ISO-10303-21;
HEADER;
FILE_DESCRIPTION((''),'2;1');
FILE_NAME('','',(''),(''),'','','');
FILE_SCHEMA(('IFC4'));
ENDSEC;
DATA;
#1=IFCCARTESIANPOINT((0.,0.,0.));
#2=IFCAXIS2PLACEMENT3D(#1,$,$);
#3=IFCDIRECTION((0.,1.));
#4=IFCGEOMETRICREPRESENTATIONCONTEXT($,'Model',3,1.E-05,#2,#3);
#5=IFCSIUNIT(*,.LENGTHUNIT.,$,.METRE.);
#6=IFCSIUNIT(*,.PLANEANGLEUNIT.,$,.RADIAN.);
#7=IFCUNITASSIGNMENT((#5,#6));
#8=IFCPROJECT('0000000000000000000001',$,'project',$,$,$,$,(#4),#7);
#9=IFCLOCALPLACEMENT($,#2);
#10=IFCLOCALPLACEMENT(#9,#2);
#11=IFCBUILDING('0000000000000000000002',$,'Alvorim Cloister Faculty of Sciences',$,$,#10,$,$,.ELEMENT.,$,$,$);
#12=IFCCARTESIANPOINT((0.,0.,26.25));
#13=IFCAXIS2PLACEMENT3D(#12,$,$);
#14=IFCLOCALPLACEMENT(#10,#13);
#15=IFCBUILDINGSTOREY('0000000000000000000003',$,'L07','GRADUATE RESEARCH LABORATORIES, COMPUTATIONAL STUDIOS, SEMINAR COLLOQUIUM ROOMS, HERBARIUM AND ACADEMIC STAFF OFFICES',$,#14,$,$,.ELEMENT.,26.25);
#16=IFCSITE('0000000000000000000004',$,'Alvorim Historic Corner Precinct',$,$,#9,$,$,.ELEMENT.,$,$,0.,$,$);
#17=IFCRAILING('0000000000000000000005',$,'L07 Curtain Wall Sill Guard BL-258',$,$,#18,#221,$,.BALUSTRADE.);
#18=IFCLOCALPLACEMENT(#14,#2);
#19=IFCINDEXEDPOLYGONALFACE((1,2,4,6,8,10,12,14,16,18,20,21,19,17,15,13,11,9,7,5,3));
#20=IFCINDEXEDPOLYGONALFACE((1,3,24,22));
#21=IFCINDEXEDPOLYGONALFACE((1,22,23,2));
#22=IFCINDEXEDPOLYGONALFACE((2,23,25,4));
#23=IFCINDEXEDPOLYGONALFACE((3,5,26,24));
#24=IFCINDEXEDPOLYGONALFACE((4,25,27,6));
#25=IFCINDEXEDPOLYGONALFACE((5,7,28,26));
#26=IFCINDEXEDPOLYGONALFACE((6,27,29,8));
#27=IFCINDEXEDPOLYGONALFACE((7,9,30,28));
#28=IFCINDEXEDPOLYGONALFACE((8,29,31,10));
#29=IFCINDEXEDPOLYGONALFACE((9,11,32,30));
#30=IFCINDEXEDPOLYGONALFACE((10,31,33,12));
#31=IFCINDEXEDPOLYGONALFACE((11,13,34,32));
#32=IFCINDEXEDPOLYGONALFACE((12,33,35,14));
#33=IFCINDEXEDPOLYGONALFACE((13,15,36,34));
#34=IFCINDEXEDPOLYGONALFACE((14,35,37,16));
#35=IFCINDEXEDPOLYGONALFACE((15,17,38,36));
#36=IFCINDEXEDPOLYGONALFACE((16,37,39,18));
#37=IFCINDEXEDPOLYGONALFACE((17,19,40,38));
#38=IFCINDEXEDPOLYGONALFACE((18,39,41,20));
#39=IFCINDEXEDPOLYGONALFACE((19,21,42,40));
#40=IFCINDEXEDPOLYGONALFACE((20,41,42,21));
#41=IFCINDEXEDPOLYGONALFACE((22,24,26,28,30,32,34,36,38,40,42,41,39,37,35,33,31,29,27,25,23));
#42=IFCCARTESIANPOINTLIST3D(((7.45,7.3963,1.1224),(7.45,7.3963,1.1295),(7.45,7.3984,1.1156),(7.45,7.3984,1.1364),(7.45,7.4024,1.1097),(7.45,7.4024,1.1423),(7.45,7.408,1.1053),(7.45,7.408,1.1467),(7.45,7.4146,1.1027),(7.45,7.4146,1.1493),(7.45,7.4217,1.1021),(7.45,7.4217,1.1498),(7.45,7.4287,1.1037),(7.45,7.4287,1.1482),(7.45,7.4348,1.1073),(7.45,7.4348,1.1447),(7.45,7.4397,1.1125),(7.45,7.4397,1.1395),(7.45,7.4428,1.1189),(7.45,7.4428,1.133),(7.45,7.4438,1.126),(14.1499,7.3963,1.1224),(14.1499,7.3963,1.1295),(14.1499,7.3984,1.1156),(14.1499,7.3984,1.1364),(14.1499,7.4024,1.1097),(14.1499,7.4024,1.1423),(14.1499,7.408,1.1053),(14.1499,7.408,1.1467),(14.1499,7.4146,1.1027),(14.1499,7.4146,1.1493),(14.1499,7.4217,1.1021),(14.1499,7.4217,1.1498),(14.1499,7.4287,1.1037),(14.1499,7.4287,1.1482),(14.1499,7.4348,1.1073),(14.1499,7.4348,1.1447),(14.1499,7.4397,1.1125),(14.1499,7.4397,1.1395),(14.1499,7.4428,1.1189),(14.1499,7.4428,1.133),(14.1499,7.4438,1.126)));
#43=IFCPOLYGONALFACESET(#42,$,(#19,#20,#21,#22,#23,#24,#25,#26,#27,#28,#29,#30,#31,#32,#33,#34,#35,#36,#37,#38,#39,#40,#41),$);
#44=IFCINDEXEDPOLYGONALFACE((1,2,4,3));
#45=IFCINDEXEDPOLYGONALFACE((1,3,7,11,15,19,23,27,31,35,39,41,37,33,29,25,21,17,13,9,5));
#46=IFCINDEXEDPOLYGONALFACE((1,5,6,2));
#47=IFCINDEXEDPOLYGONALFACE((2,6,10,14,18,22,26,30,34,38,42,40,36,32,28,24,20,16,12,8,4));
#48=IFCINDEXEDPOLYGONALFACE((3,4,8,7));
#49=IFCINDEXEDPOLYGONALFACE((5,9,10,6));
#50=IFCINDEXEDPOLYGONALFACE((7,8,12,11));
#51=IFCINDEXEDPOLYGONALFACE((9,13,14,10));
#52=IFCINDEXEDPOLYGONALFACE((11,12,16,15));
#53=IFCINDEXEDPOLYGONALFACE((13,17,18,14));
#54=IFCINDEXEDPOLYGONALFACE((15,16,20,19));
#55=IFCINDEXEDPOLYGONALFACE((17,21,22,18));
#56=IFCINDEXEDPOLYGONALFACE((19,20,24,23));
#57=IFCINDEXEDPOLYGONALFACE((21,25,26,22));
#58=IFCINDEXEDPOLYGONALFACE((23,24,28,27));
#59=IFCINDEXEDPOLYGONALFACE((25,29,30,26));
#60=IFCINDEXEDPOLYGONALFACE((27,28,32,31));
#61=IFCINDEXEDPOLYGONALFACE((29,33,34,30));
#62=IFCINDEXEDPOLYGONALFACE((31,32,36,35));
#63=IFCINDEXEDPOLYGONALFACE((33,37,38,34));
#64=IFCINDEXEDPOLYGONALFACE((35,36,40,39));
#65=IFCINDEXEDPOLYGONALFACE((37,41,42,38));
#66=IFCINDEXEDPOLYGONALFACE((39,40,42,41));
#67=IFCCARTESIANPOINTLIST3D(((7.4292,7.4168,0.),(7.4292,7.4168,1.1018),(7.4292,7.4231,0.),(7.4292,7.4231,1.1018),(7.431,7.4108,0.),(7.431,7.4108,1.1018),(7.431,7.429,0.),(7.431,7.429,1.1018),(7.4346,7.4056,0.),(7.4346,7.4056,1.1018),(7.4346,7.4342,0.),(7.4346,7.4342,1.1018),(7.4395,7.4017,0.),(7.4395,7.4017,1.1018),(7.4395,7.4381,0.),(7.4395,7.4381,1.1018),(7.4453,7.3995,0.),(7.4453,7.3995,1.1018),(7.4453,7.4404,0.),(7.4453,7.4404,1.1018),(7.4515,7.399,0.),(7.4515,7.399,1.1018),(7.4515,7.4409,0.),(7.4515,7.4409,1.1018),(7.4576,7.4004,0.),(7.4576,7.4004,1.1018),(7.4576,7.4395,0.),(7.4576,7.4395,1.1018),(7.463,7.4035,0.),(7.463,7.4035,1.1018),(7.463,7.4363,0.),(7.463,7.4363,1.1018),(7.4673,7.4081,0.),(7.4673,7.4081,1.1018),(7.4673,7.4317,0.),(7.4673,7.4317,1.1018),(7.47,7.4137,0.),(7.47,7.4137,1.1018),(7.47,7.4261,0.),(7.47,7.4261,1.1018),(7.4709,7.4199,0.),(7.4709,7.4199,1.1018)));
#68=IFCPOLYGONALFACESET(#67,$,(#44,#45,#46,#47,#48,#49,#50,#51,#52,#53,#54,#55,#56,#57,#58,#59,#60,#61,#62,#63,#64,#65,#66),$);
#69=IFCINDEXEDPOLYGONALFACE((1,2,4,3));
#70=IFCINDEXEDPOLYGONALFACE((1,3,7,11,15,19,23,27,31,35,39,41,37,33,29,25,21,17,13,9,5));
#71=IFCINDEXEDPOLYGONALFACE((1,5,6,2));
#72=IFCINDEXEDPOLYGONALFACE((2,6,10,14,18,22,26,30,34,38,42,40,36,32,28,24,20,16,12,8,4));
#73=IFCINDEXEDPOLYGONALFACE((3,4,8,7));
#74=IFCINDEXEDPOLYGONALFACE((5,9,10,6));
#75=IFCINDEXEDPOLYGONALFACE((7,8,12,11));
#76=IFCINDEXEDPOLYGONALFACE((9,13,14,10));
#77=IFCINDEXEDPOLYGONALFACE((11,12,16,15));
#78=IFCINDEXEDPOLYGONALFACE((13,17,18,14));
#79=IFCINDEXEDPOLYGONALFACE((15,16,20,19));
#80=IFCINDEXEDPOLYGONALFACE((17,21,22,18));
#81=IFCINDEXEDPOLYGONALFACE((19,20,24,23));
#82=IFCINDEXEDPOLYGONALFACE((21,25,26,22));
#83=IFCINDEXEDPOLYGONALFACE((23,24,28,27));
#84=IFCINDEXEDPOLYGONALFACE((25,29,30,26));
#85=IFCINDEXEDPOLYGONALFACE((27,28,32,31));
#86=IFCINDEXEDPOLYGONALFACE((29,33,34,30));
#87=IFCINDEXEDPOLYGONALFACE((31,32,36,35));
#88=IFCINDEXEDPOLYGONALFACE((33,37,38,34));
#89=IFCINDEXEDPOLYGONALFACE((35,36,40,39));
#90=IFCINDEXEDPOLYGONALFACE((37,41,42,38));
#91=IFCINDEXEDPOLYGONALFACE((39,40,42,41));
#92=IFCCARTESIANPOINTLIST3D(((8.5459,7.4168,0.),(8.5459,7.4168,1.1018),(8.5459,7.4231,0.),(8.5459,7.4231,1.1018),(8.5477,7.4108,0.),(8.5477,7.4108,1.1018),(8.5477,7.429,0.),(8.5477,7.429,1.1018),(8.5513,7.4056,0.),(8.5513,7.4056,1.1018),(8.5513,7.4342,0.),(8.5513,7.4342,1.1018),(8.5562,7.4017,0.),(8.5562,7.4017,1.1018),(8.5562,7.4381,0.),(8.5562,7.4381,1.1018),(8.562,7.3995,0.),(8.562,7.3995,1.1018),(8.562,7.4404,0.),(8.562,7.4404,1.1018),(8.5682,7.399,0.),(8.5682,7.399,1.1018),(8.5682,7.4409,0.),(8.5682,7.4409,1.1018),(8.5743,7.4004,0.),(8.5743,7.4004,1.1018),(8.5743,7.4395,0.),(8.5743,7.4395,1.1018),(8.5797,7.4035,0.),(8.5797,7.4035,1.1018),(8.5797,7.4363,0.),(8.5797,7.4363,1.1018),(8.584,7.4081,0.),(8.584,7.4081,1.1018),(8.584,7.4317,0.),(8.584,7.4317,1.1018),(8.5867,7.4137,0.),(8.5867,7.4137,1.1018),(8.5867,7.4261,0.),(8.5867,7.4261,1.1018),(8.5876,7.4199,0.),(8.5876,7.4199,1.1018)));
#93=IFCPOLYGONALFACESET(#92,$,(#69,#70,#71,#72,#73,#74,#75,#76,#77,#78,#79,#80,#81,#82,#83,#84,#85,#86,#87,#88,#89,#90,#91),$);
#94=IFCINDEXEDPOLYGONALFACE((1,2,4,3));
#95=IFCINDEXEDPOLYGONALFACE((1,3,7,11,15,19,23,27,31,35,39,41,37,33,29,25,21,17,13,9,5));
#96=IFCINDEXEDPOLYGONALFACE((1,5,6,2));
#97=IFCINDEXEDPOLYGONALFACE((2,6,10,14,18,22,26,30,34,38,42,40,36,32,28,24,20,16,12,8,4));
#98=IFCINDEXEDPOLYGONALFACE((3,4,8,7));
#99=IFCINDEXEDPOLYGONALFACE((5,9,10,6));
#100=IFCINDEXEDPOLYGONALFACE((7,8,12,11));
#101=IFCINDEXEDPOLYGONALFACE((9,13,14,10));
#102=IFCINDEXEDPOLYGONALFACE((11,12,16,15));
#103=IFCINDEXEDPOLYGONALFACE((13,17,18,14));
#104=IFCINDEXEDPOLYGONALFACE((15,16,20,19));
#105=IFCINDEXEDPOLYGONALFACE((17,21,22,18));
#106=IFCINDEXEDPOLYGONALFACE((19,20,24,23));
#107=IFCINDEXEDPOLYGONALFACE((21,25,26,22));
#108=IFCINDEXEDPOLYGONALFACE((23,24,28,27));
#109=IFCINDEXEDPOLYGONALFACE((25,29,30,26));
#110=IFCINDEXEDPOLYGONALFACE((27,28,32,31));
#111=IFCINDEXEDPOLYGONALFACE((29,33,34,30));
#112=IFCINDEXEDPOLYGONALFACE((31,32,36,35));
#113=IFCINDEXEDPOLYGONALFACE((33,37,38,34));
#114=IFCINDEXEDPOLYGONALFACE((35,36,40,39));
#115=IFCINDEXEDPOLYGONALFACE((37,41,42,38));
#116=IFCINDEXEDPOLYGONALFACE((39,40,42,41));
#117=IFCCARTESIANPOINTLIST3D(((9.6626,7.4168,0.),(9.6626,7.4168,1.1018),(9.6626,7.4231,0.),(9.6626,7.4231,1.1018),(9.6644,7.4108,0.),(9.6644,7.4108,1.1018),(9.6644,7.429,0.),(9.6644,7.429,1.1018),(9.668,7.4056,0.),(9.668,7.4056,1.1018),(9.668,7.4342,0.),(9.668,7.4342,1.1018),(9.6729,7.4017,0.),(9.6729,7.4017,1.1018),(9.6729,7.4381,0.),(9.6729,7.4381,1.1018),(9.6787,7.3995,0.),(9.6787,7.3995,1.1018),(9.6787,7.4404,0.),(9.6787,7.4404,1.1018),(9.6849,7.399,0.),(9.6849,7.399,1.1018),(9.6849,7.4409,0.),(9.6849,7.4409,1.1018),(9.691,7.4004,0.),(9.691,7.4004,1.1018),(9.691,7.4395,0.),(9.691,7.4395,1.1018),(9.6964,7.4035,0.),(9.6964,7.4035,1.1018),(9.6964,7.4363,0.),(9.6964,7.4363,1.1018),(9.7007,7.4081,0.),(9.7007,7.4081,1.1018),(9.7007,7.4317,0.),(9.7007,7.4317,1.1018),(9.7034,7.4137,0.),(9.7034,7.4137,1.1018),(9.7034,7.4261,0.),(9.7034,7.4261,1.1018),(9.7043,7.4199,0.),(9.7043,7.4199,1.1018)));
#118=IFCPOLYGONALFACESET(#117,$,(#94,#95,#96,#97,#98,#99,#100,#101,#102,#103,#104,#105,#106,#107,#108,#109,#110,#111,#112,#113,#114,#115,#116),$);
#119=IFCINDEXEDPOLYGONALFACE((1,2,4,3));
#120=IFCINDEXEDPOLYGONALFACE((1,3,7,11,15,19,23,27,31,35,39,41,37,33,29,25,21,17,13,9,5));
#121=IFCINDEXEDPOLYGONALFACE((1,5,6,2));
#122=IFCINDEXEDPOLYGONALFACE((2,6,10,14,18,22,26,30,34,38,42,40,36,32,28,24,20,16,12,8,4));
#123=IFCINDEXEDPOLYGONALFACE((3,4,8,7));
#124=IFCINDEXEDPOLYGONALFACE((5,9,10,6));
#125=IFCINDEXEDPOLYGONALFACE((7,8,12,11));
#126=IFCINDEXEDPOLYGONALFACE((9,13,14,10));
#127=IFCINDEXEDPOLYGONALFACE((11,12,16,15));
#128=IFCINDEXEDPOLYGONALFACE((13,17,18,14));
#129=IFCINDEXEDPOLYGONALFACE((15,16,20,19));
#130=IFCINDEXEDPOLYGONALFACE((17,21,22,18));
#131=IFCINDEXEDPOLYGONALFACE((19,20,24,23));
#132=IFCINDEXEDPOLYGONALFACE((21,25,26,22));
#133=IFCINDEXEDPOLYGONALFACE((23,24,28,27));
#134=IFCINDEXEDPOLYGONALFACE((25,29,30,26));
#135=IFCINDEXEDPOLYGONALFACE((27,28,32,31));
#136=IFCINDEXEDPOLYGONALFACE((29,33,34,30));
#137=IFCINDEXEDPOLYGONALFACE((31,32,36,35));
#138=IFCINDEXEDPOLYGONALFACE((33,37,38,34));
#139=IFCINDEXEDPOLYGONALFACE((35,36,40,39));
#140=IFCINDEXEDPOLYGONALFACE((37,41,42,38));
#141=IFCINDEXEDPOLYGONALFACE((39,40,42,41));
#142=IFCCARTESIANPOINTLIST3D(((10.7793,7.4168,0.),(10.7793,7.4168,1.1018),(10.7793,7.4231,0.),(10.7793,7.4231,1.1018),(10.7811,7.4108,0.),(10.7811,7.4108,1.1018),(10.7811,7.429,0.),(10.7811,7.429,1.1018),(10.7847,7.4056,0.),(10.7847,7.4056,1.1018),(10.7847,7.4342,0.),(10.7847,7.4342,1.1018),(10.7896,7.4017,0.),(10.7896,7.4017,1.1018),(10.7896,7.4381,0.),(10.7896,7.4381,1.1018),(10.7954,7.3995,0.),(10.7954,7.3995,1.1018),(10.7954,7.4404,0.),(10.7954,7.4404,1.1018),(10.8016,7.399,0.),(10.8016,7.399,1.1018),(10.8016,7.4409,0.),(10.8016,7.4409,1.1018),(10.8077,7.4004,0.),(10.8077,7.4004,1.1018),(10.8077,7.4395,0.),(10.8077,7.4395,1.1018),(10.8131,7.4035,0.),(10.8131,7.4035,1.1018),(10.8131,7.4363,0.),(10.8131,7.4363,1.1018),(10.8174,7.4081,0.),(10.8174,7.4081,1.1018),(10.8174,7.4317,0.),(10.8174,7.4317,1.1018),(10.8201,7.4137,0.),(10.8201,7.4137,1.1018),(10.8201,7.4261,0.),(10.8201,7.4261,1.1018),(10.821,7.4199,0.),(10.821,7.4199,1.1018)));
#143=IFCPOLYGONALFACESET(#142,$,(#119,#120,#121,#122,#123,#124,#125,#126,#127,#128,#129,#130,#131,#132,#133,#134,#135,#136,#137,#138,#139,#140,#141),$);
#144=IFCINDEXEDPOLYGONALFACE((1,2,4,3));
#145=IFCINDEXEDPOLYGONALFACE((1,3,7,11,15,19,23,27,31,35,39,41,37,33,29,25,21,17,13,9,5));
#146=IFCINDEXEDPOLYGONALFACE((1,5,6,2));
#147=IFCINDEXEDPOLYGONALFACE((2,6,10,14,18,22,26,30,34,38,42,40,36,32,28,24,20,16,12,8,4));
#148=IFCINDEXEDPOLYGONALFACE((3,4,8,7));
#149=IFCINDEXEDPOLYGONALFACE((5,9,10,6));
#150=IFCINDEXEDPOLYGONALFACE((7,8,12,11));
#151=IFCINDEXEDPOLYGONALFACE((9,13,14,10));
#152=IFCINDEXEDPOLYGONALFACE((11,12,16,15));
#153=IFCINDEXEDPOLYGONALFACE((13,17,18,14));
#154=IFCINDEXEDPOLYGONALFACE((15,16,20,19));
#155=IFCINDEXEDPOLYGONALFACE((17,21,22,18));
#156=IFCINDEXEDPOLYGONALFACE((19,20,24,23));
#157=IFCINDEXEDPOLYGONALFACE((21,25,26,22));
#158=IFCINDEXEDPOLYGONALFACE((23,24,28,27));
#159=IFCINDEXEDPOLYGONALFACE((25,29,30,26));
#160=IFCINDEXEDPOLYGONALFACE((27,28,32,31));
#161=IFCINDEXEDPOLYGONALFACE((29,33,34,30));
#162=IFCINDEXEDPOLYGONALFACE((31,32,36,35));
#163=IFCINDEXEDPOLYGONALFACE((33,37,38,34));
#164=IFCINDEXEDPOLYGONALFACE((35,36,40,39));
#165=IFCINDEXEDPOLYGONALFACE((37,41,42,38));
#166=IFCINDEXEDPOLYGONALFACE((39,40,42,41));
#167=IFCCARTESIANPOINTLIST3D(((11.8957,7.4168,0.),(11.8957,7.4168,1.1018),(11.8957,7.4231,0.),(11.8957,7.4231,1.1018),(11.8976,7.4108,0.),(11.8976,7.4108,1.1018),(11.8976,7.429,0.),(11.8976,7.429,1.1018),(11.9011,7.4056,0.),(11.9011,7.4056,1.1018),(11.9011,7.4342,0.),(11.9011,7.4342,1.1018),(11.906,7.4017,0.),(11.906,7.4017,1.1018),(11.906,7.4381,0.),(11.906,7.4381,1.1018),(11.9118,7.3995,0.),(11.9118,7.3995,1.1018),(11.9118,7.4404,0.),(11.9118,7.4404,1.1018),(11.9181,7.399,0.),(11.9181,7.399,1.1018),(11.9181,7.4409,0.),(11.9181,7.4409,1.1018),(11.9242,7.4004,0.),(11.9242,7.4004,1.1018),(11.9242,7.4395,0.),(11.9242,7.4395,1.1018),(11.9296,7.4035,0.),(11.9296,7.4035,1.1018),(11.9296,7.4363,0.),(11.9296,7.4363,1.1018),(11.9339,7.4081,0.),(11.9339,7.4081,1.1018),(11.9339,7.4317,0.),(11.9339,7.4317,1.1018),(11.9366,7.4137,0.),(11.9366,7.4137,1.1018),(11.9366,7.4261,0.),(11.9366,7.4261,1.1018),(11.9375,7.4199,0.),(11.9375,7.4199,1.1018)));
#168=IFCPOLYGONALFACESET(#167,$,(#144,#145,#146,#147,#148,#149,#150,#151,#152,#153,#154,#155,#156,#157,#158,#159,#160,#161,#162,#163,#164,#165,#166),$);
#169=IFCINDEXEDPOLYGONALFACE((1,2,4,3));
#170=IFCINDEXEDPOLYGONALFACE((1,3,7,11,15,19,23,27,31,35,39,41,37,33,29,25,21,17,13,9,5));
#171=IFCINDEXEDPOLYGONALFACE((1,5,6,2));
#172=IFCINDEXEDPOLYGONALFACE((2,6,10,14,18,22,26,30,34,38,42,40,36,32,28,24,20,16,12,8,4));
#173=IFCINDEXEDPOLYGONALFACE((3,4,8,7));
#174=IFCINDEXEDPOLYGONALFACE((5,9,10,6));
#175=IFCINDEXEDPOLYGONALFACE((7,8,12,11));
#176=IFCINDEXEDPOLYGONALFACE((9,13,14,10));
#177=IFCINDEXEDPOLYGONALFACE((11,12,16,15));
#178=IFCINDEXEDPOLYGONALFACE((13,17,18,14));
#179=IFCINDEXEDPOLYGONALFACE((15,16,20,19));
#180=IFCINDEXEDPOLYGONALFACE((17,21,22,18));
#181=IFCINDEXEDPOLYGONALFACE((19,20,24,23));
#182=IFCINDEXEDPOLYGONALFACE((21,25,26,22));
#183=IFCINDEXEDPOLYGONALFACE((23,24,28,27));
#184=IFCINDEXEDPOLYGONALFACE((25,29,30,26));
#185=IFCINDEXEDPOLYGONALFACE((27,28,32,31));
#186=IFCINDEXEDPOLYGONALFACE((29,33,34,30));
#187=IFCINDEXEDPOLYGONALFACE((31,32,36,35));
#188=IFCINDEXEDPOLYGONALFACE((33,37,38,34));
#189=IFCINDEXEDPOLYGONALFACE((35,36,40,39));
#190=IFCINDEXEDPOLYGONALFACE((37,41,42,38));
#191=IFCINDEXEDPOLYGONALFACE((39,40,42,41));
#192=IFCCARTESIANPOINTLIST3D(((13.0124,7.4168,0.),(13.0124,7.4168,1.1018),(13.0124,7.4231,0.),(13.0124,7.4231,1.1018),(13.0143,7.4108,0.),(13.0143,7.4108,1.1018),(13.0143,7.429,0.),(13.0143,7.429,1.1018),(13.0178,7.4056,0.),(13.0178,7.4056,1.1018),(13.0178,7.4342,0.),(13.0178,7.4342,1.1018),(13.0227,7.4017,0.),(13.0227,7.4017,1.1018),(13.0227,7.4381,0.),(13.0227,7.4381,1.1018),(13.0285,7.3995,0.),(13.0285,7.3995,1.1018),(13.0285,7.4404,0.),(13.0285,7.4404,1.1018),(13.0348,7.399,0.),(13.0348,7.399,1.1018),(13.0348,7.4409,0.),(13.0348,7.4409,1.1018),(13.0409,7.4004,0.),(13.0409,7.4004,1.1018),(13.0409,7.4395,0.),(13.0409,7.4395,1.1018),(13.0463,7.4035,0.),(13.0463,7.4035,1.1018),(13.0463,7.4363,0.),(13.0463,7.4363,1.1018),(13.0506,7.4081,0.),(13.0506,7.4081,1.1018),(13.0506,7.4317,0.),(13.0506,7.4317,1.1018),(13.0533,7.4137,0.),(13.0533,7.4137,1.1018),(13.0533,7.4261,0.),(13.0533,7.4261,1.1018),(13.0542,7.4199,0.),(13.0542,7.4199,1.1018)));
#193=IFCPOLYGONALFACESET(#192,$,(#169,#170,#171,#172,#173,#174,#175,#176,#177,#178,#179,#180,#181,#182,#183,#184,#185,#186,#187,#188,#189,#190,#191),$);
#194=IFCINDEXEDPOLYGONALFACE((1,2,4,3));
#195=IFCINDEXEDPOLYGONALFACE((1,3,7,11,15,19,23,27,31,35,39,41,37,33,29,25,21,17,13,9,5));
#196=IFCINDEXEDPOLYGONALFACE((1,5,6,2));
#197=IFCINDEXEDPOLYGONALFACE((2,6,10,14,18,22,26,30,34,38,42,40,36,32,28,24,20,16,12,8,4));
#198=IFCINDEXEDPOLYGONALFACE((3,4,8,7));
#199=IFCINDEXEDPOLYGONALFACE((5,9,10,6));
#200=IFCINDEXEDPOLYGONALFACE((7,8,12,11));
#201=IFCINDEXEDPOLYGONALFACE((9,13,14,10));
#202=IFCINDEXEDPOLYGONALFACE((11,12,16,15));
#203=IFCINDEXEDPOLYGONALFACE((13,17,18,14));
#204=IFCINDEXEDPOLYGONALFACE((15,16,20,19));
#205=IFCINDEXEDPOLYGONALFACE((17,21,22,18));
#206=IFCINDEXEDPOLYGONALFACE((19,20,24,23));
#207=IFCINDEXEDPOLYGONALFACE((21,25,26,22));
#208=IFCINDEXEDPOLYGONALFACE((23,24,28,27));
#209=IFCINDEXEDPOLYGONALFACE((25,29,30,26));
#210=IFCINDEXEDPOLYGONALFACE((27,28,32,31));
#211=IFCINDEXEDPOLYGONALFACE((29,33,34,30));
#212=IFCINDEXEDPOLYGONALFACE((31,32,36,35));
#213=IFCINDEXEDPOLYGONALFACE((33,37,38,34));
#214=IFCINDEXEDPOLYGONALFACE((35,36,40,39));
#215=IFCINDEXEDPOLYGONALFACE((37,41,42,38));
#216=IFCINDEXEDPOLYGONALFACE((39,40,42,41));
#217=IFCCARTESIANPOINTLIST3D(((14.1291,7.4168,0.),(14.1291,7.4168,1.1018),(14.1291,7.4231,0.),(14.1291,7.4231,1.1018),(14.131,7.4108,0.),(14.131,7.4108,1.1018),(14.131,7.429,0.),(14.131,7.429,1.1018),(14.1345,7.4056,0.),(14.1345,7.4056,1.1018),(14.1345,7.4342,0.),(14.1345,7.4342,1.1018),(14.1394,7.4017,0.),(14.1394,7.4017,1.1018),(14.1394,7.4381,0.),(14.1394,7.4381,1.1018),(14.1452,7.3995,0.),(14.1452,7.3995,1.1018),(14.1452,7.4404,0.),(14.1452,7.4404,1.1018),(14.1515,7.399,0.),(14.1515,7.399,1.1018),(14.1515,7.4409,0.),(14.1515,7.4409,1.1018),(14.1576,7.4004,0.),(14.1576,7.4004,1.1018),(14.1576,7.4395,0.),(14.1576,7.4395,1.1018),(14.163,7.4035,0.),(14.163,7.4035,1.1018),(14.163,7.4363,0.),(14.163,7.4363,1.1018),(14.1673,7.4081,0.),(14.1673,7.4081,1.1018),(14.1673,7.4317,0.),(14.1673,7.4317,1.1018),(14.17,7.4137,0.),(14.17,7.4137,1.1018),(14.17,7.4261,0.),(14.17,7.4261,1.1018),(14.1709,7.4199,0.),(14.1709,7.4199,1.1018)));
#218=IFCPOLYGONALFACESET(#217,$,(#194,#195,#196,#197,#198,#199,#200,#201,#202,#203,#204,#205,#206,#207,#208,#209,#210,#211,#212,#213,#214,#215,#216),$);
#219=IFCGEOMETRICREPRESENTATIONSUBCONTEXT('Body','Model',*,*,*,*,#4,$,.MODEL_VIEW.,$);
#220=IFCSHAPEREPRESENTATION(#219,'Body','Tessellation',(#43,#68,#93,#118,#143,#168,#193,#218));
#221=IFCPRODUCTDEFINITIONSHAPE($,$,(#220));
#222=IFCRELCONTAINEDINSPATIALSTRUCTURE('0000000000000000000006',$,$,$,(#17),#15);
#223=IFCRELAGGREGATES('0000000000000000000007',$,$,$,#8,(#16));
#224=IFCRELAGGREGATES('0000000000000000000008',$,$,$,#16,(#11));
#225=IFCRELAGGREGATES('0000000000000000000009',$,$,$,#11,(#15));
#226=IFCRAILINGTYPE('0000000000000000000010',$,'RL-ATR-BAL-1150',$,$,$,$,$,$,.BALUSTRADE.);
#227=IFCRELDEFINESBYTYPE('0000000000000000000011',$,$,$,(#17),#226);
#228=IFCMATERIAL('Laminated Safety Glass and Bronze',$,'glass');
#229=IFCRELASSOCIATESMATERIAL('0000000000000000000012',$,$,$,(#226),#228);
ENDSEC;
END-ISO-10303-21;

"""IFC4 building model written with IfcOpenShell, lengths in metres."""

from ifc_helpers import new_model, si_unit, direction, frame, origin, origin_2d, place, context, subcontext, project, spatial, circle, extrude, material, type_object, element, save


model = new_model("IFC4")

# Units and contexts
model_context = context("Model", 3, precision=1e-05, world=origin(), true_north=direction((0.0, 1.0)))
body_context = subcontext(model_context, "Body", "Model", "MODEL_VIEW")
ifc_project = project(units=[si_unit("LENGTHUNIT", "METRE"), si_unit("PLANEANGLEUNIT", "RADIAN")], contexts=[model_context])

# Site, building, storey
site_placement = place(None, origin())
site = spatial("IfcSite", under=ifc_project, at=site_placement, Name="Alvorim Historic Corner Precinct", CompositionType="ELEMENT", RefElevation=0.0)
building_placement = place(site_placement, origin())
building = spatial("IfcBuilding", under=site, at=building_placement, Name="Alvorim Cloister Faculty of Sciences", CompositionType="ELEMENT")
storey_placement = place(building_placement, frame((0.0, 0.0, 26.25)))
storey = spatial("IfcBuildingStorey", under=building, at=storey_placement, Name="L07", Description="GRADUATE RESEARCH LABORATORIES, COMPUTATIONAL STUDIOS, SEMINAR COLLOQUIUM ROOMS, HERBARIUM AND ACADEMIC STAFF OFFICES", CompositionType="ELEMENT", Elevation=26.25)

# Railing
ifc_material_1 = material(Name="Laminated Safety Glass and Bronze", Category="glass")
railing_type = type_object("IfcRailingType", Name="RL-ATR-BAL-1150", PredefinedType="BALUSTRADE", material=ifc_material_1)
railing_placement = place(storey_placement, frame((7.45, 7.4199, 0.0)))
element("IfcRailing", 1, at=railing_placement, inside=storey, type_object=railing_type, Name="L07 Curtain Wall Sill Guard BL-258", PredefinedType="BALUSTRADE", context=body_context, shape_type="SweptSolid", body=[
    extrude(circle(Radius=0.0239, at=origin_2d()), frame((0.0, 0.0, 1.126), z_axis=(1.0, 0.0, 0.0), x_axis=(0.0, 1.0, 0.0)), (0.0, 0.0, 1.0), 6.7),
    extrude(circle(Radius=0.021, at=origin_2d()), origin(), (0.0, 0.0, 1.0), 1.1018),
    extrude(circle(Radius=0.021, at=origin_2d()), frame((1.1167, 0.0, 0.0)), (0.0, 0.0, 1.0), 1.1018),
    extrude(circle(Radius=0.021, at=origin_2d()), frame((2.2334, 0.0, 0.0)), (0.0, 0.0, 1.0), 1.1018),
    extrude(circle(Radius=0.021, at=origin_2d()), frame((3.3501, 0.0, 0.0)), (0.0, 0.0, 1.0), 1.1018),
    extrude(circle(Radius=0.021, at=origin_2d()), frame((4.4666, 0.0, 0.0)), (0.0, 0.0, 1.0), 1.1018),
    extrude(circle(Radius=0.021, at=origin_2d()), frame((5.5833, 0.0, 0.0)), (0.0, 0.0, 1.0), 1.1018),
    extrude(circle(Radius=0.021, at=origin_2d()), frame((6.7, 0.0, 0.0)), (0.0, 0.0, 1.0), 1.1018),
])

save(model, "model.ifc")
